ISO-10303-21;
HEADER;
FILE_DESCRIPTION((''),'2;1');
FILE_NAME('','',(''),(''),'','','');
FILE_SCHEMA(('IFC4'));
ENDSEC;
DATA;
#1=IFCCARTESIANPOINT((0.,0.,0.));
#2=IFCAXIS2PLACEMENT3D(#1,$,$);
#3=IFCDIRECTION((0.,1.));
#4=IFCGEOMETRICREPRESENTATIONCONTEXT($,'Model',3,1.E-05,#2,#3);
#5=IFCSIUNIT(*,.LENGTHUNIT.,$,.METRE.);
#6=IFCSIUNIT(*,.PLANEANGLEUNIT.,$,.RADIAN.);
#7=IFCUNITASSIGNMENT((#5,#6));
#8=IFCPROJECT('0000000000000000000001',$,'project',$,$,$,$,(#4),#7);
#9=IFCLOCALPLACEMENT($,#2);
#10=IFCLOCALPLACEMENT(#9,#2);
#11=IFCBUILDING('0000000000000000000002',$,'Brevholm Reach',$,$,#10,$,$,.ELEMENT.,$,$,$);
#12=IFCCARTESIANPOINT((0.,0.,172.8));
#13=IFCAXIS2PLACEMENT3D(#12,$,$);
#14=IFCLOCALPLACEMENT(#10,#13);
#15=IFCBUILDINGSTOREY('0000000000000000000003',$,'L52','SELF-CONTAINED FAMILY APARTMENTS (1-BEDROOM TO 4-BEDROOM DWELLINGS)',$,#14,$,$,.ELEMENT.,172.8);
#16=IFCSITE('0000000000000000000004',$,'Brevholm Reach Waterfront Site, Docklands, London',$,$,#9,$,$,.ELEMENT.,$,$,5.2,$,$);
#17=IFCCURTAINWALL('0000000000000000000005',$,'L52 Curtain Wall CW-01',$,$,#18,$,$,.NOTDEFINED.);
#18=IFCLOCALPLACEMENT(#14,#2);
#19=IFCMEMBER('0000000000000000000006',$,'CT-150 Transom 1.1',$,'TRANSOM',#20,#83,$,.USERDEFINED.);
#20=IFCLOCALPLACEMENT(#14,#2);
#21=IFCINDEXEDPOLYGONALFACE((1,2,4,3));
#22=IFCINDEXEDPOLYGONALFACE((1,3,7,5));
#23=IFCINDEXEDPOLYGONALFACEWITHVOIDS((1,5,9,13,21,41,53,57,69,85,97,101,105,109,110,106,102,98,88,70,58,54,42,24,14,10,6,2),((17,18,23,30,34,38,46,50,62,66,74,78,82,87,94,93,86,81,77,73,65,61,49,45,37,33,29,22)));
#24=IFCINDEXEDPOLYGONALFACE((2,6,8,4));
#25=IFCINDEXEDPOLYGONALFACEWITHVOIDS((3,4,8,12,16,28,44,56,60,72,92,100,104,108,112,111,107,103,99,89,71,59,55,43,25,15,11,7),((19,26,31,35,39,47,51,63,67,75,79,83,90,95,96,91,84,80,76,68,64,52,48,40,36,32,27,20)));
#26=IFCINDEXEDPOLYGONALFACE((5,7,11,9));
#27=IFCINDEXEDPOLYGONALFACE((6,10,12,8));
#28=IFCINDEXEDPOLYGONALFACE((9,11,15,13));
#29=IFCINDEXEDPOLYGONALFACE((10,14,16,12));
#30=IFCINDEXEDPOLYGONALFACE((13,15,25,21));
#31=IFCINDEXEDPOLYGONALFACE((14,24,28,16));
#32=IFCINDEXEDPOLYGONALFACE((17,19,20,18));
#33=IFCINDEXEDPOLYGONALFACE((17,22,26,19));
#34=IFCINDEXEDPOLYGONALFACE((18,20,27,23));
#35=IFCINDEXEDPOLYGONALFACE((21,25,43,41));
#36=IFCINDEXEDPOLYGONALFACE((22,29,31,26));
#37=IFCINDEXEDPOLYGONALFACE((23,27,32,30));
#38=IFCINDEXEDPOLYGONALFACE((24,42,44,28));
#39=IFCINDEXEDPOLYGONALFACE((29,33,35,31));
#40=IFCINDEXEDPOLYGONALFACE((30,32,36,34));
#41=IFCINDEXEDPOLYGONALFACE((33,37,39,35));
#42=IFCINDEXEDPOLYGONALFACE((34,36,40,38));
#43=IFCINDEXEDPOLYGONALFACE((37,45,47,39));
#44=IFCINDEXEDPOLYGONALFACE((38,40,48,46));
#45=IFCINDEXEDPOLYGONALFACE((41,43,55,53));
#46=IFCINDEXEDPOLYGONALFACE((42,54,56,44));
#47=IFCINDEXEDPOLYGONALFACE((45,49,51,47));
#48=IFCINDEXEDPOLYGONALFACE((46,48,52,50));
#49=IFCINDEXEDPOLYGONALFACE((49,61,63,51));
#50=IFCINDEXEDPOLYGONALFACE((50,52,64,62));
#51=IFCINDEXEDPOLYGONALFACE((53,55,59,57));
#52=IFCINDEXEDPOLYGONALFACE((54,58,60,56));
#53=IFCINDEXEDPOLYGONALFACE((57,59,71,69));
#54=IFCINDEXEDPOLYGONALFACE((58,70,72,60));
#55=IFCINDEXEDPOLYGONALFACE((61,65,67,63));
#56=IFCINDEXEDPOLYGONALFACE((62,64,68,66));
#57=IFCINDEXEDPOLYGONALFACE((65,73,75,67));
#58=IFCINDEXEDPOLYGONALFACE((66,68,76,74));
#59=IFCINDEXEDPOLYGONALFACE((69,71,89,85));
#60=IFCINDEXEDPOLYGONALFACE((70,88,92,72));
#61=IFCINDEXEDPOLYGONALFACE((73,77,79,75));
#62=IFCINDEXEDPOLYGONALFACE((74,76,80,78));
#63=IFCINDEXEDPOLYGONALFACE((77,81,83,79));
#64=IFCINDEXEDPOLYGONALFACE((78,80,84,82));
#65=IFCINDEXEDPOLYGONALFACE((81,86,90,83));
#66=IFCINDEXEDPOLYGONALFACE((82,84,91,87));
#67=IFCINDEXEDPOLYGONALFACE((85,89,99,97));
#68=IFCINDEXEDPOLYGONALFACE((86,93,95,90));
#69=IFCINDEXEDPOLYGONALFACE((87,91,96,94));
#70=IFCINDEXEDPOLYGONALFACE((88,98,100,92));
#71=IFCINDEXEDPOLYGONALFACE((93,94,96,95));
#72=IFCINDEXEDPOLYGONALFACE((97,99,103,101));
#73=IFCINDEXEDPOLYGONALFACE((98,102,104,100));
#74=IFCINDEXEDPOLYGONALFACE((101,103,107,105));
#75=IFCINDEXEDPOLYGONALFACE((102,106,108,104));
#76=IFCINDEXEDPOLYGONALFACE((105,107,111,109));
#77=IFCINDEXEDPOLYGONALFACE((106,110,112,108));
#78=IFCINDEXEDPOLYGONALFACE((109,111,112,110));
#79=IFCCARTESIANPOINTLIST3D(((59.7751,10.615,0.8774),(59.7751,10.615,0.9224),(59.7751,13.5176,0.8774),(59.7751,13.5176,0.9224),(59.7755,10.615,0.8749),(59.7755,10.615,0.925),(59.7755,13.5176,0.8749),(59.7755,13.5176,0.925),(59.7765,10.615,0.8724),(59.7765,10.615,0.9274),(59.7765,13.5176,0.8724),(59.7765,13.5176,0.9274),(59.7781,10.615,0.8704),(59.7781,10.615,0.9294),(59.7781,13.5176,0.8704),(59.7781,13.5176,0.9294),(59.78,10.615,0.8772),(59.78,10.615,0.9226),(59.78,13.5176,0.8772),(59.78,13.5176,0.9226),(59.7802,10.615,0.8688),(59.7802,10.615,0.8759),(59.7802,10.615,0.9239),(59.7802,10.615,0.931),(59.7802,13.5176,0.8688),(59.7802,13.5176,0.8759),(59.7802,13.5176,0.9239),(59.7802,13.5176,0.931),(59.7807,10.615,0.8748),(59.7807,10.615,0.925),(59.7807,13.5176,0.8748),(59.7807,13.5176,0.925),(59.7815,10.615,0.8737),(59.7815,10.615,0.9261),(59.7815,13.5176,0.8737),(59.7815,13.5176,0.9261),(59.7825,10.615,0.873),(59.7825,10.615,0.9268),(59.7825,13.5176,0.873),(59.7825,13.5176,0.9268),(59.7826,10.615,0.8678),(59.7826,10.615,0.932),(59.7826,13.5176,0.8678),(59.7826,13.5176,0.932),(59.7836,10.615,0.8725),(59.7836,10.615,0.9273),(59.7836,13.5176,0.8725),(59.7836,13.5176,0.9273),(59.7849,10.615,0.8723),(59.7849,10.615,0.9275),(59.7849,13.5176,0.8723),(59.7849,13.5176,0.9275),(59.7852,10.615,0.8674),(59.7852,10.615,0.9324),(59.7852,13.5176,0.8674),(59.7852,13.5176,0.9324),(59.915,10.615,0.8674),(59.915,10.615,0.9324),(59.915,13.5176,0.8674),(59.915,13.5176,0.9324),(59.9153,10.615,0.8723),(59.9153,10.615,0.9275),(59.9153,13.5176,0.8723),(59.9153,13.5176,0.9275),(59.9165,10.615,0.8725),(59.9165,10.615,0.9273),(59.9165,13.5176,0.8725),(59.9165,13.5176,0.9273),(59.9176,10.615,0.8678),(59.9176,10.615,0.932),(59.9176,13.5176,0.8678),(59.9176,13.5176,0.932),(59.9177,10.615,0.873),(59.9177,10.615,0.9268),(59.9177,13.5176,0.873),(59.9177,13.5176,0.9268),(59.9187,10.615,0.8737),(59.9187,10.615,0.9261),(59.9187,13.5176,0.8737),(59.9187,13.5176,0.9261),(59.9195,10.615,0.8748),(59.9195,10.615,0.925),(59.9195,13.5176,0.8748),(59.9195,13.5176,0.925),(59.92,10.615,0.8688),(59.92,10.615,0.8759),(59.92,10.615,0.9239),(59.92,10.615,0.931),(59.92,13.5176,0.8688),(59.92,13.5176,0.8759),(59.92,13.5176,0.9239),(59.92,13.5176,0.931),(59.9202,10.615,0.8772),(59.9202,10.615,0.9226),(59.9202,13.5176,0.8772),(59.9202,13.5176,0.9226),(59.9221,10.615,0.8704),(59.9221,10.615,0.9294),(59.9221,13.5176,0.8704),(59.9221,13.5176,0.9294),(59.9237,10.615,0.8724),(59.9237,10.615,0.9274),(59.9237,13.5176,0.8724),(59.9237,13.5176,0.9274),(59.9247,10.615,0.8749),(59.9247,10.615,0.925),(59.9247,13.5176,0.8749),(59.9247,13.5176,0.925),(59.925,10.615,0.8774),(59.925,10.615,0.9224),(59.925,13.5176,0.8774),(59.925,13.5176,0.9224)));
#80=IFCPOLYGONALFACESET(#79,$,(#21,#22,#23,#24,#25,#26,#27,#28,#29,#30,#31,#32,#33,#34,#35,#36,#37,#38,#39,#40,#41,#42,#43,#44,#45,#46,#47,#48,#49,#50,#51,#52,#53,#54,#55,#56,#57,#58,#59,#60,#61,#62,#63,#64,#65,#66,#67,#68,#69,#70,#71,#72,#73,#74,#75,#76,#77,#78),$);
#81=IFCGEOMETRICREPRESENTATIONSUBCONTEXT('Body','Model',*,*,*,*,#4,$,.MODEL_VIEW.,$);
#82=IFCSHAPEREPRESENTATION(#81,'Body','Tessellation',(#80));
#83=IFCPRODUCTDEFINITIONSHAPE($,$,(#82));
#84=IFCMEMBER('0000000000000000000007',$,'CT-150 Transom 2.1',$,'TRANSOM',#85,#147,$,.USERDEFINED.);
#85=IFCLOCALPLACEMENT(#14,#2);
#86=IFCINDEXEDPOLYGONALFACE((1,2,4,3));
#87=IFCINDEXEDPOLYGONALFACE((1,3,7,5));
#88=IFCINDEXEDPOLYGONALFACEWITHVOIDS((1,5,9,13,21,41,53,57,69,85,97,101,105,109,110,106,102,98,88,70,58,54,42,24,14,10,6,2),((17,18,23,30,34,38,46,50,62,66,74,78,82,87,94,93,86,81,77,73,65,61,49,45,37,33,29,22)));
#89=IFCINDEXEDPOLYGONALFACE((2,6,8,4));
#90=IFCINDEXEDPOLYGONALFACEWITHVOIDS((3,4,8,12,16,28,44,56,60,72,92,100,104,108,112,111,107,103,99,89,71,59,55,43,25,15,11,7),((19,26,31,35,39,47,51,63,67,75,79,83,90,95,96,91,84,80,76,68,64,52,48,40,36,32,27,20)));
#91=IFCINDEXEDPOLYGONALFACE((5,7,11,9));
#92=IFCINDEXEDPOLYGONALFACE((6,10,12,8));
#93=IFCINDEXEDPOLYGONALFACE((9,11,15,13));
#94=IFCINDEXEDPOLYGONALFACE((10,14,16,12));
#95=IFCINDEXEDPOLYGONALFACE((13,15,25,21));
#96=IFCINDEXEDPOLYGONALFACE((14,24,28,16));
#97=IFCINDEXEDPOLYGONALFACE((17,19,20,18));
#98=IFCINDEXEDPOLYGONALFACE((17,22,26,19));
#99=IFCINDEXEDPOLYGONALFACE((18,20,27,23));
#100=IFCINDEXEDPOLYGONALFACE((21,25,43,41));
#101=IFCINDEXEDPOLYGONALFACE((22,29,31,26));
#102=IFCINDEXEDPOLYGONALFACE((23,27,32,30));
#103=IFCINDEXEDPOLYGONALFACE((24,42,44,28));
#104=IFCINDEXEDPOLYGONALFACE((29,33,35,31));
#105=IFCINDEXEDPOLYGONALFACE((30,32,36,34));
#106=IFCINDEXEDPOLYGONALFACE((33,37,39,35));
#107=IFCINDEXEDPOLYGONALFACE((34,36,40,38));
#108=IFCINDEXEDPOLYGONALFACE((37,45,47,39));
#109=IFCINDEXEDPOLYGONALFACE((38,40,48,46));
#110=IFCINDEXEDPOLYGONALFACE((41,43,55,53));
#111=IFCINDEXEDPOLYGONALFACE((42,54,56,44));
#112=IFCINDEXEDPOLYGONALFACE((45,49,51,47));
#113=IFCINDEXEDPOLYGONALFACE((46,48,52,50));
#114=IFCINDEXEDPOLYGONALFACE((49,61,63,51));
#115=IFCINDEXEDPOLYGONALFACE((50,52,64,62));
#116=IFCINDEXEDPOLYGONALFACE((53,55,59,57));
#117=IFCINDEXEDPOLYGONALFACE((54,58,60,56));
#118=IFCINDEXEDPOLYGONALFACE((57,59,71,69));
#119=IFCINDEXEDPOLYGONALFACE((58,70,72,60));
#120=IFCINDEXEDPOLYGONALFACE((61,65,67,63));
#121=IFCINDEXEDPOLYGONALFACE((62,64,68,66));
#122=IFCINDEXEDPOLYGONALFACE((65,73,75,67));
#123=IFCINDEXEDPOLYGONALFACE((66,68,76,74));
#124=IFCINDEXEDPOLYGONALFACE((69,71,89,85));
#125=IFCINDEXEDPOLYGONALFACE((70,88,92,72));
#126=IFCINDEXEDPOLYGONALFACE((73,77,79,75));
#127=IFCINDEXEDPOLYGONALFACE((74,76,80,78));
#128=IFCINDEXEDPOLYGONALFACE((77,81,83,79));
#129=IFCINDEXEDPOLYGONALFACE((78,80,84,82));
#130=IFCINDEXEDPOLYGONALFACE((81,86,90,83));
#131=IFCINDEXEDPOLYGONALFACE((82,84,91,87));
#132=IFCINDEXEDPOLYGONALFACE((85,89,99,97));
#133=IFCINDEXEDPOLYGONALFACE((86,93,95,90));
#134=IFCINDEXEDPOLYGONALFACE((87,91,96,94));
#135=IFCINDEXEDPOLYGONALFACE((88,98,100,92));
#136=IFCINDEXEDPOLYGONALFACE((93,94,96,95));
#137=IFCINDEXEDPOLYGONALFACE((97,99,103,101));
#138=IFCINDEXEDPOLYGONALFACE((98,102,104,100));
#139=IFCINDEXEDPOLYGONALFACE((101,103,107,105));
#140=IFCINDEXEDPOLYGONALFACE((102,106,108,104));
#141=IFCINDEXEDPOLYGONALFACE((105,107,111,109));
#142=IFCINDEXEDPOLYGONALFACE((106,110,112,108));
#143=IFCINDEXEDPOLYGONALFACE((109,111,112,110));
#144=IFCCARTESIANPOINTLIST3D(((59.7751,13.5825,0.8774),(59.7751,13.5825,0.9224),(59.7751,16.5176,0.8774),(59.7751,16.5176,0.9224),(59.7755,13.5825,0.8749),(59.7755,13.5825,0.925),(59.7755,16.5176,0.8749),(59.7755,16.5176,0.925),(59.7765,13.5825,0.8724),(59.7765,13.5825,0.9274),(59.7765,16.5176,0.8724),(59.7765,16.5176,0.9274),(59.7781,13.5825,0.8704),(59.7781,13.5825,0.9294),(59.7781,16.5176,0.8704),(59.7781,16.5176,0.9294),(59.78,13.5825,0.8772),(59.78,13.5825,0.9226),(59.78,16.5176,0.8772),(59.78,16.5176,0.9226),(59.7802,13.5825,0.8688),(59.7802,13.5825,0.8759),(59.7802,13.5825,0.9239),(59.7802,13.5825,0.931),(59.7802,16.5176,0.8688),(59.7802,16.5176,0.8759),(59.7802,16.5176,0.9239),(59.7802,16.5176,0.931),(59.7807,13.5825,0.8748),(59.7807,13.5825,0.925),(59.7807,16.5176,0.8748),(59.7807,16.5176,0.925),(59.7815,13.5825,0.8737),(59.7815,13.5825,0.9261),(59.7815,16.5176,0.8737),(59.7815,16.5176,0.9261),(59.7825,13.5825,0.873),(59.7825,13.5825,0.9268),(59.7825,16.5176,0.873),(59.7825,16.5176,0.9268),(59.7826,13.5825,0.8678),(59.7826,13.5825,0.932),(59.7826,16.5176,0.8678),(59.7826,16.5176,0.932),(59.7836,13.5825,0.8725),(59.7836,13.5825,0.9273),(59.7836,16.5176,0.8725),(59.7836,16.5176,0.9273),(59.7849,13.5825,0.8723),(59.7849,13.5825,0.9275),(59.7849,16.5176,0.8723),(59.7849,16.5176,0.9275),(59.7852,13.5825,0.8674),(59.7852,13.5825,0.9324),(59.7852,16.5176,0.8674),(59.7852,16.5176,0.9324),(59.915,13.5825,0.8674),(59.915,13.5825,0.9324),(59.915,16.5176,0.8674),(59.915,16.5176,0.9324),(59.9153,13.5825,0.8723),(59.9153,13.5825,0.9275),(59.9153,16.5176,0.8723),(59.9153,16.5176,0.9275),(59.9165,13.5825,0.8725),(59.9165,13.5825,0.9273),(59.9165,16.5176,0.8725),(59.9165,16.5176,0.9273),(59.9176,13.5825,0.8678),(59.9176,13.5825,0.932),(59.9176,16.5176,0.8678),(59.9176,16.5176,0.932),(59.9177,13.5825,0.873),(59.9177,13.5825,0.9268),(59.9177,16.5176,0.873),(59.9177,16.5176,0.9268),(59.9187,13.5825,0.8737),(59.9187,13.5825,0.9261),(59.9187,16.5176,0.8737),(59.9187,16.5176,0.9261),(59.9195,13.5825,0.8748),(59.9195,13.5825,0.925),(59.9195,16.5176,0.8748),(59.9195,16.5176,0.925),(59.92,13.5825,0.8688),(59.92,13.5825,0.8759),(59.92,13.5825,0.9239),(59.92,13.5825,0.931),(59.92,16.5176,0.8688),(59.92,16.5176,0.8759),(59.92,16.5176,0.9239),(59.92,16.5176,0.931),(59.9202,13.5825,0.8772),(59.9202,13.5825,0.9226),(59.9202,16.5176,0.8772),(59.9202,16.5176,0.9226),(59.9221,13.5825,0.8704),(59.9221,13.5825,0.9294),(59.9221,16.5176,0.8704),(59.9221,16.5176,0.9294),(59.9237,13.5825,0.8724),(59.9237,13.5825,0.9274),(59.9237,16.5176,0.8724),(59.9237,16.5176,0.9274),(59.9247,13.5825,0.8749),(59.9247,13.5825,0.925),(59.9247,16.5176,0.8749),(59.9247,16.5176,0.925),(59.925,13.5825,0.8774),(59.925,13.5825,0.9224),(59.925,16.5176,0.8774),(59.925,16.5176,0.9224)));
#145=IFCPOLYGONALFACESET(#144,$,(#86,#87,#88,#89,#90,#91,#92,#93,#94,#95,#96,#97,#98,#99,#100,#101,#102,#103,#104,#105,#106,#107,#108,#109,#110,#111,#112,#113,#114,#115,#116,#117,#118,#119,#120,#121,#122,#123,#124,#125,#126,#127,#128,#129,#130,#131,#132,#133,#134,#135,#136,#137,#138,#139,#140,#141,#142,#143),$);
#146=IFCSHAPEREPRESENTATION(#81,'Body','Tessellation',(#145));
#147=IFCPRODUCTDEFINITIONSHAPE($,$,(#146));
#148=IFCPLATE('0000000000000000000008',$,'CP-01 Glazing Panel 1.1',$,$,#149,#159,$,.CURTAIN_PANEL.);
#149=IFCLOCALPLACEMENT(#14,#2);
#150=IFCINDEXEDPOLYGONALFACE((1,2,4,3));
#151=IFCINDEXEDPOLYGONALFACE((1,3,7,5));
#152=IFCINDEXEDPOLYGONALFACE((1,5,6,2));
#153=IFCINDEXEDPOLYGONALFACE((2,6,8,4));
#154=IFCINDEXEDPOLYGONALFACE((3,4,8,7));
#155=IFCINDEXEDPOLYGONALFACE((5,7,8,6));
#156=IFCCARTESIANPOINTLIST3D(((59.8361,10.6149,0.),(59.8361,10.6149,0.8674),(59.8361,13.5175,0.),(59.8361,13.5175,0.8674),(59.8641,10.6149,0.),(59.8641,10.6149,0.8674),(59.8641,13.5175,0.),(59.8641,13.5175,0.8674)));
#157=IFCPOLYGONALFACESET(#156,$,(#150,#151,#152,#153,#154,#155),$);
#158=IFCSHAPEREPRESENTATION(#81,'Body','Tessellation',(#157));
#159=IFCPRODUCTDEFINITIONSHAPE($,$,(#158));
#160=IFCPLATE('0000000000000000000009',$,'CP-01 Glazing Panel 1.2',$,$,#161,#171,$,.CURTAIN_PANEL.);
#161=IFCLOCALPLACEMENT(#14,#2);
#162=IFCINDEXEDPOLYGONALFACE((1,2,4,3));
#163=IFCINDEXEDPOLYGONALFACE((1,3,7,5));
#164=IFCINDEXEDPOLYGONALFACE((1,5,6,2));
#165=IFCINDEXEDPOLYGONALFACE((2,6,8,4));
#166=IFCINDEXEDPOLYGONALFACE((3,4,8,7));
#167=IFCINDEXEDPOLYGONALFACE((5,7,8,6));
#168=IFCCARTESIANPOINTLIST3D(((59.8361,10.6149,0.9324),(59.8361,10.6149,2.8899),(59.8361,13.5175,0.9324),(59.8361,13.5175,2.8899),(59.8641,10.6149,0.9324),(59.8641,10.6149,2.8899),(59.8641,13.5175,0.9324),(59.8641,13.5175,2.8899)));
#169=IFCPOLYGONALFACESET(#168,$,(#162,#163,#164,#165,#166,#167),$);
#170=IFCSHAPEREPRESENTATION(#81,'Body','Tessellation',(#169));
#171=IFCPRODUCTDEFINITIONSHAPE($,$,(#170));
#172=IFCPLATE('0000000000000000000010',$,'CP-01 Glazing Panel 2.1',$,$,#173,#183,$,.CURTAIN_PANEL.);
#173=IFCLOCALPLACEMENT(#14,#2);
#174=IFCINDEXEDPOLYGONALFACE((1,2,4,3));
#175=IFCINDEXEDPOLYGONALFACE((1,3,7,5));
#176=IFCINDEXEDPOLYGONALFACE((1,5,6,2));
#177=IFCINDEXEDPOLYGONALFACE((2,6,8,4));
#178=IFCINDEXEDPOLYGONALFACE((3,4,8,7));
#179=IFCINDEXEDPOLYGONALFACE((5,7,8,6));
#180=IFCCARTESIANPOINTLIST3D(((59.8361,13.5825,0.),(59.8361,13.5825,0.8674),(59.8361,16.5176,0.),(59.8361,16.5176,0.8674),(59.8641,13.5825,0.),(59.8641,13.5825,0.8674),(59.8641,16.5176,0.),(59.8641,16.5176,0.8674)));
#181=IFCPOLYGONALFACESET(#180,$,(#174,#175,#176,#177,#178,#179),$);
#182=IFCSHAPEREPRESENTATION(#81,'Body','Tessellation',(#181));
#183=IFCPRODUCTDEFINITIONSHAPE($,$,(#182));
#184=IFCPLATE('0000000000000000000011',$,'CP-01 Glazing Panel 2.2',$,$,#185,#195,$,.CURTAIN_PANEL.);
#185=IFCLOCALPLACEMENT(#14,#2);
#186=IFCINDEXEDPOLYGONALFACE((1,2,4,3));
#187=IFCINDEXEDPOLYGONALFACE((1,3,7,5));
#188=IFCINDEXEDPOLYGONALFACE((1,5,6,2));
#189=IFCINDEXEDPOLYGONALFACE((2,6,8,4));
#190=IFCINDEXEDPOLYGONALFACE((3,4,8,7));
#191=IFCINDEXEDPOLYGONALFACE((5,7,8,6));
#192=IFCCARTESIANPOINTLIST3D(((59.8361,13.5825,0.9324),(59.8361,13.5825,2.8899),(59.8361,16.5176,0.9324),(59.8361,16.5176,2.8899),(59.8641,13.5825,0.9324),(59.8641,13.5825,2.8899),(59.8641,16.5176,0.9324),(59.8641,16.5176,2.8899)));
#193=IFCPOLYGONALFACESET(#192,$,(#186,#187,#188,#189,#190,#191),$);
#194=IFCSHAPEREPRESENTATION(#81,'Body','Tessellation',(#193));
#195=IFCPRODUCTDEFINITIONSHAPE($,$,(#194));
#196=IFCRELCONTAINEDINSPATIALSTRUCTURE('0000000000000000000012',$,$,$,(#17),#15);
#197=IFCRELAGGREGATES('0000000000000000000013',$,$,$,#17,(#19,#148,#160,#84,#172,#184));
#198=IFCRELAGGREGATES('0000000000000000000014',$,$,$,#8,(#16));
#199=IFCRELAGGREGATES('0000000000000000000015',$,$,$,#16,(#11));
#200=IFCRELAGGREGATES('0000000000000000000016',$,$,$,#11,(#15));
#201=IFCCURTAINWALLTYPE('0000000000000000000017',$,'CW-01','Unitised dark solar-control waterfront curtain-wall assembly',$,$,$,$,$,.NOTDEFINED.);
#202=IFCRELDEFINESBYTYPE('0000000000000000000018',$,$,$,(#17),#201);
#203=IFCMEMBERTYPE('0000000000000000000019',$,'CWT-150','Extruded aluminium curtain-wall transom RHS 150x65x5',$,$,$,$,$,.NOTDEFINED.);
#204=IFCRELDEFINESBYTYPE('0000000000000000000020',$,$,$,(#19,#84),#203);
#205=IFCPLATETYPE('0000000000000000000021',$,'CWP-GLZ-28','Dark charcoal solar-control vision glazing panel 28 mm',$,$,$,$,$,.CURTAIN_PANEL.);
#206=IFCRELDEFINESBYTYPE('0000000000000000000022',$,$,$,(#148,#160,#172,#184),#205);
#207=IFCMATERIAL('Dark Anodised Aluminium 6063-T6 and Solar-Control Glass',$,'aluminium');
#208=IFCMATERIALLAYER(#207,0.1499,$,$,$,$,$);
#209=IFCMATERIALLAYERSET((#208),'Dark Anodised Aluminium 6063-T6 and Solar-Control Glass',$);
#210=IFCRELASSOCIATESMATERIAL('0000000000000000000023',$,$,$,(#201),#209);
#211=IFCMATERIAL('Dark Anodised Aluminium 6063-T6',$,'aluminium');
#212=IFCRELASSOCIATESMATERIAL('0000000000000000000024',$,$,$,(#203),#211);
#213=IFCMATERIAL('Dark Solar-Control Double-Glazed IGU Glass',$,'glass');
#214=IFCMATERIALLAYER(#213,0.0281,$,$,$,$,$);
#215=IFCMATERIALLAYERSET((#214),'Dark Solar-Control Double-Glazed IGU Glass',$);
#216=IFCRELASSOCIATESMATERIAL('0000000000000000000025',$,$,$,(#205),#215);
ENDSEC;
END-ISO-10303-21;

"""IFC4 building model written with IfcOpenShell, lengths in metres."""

from ifc_helpers import new_model, si_unit, direction, frame, origin, origin_2d, place, context, subcontext, project, spatial, rectangle, hollow_rectangle, extrude, material, layer, layer_set, material_profile, profile_set, type_object, element, aggregate, save


model = new_model("IFC4")

# Units and contexts
model_context = context("Model", 3, precision=1e-05, world=origin(), true_north=direction((0.0, 1.0)))
body_context = subcontext(model_context, "Body", "Model", "MODEL_VIEW")
ifc_project = project(units=[si_unit("LENGTHUNIT", "METRE"), si_unit("PLANEANGLEUNIT", "RADIAN")], contexts=[model_context])

# Site, building, storey
site_placement = place(None, origin())
site = spatial("IfcSite", under=ifc_project, at=site_placement, Name="Brevholm Reach Waterfront Site, Docklands, London", CompositionType="ELEMENT", RefElevation=5.2)
building_placement = place(site_placement, origin())
building = spatial("IfcBuilding", under=site, at=building_placement, Name="Brevholm Reach", CompositionType="ELEMENT")
storey_placement = place(building_placement, frame((0.0, 0.0, 172.8)))
storey = spatial("IfcBuildingStorey", under=building, at=storey_placement, Name="L52", Description="SELF-CONTAINED FAMILY APARTMENTS (1-BEDROOM TO 4-BEDROOM DWELLINGS)", CompositionType="ELEMENT", Elevation=172.8)

# Curtain wall, members, plates
ifc_material_1 = material(Name="Dark Anodised Aluminium 6063-T6 and Solar-Control Glass", Category="aluminium")
ifc_layer_1 = layer(ifc_material_1, 0.1499)
ifc_layer_set_1 = layer_set([ifc_layer_1], Name="Dark Anodised Aluminium 6063-T6 and Solar-Control Glass")
curtain_wall_type = type_object("IfcCurtainWallType", Name="CW-01", Description="Unitised dark solar-control waterfront curtain-wall assembly", PredefinedType="NOTDEFINED", material=ifc_layer_set_1)
curtain_wall_placement = place(storey_placement, origin())
curtain_wall = element("IfcCurtainWall", 1, at=curtain_wall_placement, inside=storey, type_object=curtain_wall_type, Name="L52 Curtain Wall CW-01", PredefinedType="NOTDEFINED")
ifc_material_2 = material(Name="Dark Anodised Aluminium 6063-T6", Category="aluminium")
ifc_material_profile_1 = material_profile(ifc_material_2, hollow_rectangle(XDim=0.0649, YDim=0.1499, WallThickness=0.0049, InnerFilletRadius=0.0049, OuterFilletRadius=0.01, at=origin_2d()), Name="RHS 150x65x5")
ifc_profile_set_1 = profile_set([ifc_material_profile_1], Name="Dark Anodised Aluminium 6063-T6")
member_type_1 = type_object("IfcMemberType", Name="CWT-150", Description="Extruded aluminium curtain-wall transom RHS 150x65x5", PredefinedType="NOTDEFINED", material=ifc_profile_set_1)
member_1_placement = place(storey_placement, frame((59.8501, 10.615, 0.8999), z_axis=(0.0, 1.0, 0.0), x_axis=(0.0, 0.0, 1.0)))
member_1 = element("IfcMember", 2, at=member_1_placement, type_object=member_type_1, Name="CT-150 Transom 1.1", ObjectType="TRANSOM", PredefinedType="USERDEFINED", context=body_context, shape_type="SweptSolid", body=[
    extrude(hollow_rectangle(XDim=0.0649, YDim=0.1499, WallThickness=0.0049, InnerFilletRadius=0.0049, OuterFilletRadius=0.01, at=origin_2d()), origin(), (0.0, 0.0, 1.0), 2.9026),
])
member_2_placement = place(storey_placement, frame((59.8501, 13.5825, 0.8999), z_axis=(0.0, 1.0, 0.0), x_axis=(0.0, 0.0, 1.0)))
member_2 = element("IfcMember", 3, at=member_2_placement, type_object=member_type_1, Name="CT-150 Transom 2.1", ObjectType="TRANSOM", PredefinedType="USERDEFINED", context=body_context, shape_type="SweptSolid", body=[
    extrude(hollow_rectangle(XDim=0.0649, YDim=0.1499, WallThickness=0.0049, InnerFilletRadius=0.0049, OuterFilletRadius=0.01, at=origin_2d()), origin(), (0.0, 0.0, 1.0), 2.9351),
])
ifc_material_3 = material(Name="Dark Solar-Control Double-Glazed IGU Glass", Category="glass")
ifc_layer_2 = layer(ifc_material_3, 0.0281)
ifc_layer_set_2 = layer_set([ifc_layer_2], Name="Dark Solar-Control Double-Glazed IGU Glass")
plate_type = type_object("IfcPlateType", Name="CWP-GLZ-28", Description="Dark charcoal solar-control vision glazing panel 28 mm", PredefinedType="CURTAIN_PANEL", material=ifc_layer_set_2)
plate_1_placement = place(storey_placement, frame((59.8501, 12.0662, 0.0), z_axis=(0.0, 0.0, 1.0), x_axis=(0.0, 1.0, 0.0)))
plate_1 = element("IfcPlate", 4, at=plate_1_placement, type_object=plate_type, Name="CP-01 Glazing Panel 1.1", PredefinedType="CURTAIN_PANEL", context=body_context, shape_type="SweptSolid", body=[
    extrude(rectangle(XDim=2.9026, YDim=0.0281, at=origin_2d()), origin(), (0.0, 0.0, 1.0), 0.8674),
])
plate_2_placement = place(storey_placement, frame((59.8501, 12.0662, 0.9324), z_axis=(0.0, 0.0, 1.0), x_axis=(0.0, 1.0, 0.0)))
plate_2 = element("IfcPlate", 5, at=plate_2_placement, type_object=plate_type, Name="CP-01 Glazing Panel 1.2", PredefinedType="CURTAIN_PANEL", context=body_context, shape_type="SweptSolid", body=[
    extrude(rectangle(XDim=2.9026, YDim=0.0281, at=origin_2d()), origin(), (0.0, 0.0, 1.0), 1.9575),
])
plate_3_placement = place(storey_placement, frame((59.8501, 15.05, 0.0), z_axis=(0.0, 0.0, 1.0), x_axis=(0.0, 1.0, 0.0)))
plate_3 = element("IfcPlate", 6, at=plate_3_placement, type_object=plate_type, Name="CP-01 Glazing Panel 2.1", PredefinedType="CURTAIN_PANEL", context=body_context, shape_type="SweptSolid", body=[
    extrude(rectangle(XDim=2.9351, YDim=0.0281, at=origin_2d()), origin(), (0.0, 0.0, 1.0), 0.8674),
])
plate_4_placement = place(storey_placement, frame((59.8501, 15.05, 0.9324), z_axis=(0.0, 0.0, 1.0), x_axis=(0.0, 1.0, 0.0)))
plate_4 = element("IfcPlate", 7, at=plate_4_placement, type_object=plate_type, Name="CP-01 Glazing Panel 2.2", PredefinedType="CURTAIN_PANEL", context=body_context, shape_type="SweptSolid", body=[
    extrude(rectangle(XDim=2.9351, YDim=0.0281, at=origin_2d()), origin(), (0.0, 0.0, 1.0), 1.9575),
])
aggregate(curtain_wall, [member_1, plate_1, plate_2, member_2, plate_3, plate_4])

save(model, "model.ifc")
